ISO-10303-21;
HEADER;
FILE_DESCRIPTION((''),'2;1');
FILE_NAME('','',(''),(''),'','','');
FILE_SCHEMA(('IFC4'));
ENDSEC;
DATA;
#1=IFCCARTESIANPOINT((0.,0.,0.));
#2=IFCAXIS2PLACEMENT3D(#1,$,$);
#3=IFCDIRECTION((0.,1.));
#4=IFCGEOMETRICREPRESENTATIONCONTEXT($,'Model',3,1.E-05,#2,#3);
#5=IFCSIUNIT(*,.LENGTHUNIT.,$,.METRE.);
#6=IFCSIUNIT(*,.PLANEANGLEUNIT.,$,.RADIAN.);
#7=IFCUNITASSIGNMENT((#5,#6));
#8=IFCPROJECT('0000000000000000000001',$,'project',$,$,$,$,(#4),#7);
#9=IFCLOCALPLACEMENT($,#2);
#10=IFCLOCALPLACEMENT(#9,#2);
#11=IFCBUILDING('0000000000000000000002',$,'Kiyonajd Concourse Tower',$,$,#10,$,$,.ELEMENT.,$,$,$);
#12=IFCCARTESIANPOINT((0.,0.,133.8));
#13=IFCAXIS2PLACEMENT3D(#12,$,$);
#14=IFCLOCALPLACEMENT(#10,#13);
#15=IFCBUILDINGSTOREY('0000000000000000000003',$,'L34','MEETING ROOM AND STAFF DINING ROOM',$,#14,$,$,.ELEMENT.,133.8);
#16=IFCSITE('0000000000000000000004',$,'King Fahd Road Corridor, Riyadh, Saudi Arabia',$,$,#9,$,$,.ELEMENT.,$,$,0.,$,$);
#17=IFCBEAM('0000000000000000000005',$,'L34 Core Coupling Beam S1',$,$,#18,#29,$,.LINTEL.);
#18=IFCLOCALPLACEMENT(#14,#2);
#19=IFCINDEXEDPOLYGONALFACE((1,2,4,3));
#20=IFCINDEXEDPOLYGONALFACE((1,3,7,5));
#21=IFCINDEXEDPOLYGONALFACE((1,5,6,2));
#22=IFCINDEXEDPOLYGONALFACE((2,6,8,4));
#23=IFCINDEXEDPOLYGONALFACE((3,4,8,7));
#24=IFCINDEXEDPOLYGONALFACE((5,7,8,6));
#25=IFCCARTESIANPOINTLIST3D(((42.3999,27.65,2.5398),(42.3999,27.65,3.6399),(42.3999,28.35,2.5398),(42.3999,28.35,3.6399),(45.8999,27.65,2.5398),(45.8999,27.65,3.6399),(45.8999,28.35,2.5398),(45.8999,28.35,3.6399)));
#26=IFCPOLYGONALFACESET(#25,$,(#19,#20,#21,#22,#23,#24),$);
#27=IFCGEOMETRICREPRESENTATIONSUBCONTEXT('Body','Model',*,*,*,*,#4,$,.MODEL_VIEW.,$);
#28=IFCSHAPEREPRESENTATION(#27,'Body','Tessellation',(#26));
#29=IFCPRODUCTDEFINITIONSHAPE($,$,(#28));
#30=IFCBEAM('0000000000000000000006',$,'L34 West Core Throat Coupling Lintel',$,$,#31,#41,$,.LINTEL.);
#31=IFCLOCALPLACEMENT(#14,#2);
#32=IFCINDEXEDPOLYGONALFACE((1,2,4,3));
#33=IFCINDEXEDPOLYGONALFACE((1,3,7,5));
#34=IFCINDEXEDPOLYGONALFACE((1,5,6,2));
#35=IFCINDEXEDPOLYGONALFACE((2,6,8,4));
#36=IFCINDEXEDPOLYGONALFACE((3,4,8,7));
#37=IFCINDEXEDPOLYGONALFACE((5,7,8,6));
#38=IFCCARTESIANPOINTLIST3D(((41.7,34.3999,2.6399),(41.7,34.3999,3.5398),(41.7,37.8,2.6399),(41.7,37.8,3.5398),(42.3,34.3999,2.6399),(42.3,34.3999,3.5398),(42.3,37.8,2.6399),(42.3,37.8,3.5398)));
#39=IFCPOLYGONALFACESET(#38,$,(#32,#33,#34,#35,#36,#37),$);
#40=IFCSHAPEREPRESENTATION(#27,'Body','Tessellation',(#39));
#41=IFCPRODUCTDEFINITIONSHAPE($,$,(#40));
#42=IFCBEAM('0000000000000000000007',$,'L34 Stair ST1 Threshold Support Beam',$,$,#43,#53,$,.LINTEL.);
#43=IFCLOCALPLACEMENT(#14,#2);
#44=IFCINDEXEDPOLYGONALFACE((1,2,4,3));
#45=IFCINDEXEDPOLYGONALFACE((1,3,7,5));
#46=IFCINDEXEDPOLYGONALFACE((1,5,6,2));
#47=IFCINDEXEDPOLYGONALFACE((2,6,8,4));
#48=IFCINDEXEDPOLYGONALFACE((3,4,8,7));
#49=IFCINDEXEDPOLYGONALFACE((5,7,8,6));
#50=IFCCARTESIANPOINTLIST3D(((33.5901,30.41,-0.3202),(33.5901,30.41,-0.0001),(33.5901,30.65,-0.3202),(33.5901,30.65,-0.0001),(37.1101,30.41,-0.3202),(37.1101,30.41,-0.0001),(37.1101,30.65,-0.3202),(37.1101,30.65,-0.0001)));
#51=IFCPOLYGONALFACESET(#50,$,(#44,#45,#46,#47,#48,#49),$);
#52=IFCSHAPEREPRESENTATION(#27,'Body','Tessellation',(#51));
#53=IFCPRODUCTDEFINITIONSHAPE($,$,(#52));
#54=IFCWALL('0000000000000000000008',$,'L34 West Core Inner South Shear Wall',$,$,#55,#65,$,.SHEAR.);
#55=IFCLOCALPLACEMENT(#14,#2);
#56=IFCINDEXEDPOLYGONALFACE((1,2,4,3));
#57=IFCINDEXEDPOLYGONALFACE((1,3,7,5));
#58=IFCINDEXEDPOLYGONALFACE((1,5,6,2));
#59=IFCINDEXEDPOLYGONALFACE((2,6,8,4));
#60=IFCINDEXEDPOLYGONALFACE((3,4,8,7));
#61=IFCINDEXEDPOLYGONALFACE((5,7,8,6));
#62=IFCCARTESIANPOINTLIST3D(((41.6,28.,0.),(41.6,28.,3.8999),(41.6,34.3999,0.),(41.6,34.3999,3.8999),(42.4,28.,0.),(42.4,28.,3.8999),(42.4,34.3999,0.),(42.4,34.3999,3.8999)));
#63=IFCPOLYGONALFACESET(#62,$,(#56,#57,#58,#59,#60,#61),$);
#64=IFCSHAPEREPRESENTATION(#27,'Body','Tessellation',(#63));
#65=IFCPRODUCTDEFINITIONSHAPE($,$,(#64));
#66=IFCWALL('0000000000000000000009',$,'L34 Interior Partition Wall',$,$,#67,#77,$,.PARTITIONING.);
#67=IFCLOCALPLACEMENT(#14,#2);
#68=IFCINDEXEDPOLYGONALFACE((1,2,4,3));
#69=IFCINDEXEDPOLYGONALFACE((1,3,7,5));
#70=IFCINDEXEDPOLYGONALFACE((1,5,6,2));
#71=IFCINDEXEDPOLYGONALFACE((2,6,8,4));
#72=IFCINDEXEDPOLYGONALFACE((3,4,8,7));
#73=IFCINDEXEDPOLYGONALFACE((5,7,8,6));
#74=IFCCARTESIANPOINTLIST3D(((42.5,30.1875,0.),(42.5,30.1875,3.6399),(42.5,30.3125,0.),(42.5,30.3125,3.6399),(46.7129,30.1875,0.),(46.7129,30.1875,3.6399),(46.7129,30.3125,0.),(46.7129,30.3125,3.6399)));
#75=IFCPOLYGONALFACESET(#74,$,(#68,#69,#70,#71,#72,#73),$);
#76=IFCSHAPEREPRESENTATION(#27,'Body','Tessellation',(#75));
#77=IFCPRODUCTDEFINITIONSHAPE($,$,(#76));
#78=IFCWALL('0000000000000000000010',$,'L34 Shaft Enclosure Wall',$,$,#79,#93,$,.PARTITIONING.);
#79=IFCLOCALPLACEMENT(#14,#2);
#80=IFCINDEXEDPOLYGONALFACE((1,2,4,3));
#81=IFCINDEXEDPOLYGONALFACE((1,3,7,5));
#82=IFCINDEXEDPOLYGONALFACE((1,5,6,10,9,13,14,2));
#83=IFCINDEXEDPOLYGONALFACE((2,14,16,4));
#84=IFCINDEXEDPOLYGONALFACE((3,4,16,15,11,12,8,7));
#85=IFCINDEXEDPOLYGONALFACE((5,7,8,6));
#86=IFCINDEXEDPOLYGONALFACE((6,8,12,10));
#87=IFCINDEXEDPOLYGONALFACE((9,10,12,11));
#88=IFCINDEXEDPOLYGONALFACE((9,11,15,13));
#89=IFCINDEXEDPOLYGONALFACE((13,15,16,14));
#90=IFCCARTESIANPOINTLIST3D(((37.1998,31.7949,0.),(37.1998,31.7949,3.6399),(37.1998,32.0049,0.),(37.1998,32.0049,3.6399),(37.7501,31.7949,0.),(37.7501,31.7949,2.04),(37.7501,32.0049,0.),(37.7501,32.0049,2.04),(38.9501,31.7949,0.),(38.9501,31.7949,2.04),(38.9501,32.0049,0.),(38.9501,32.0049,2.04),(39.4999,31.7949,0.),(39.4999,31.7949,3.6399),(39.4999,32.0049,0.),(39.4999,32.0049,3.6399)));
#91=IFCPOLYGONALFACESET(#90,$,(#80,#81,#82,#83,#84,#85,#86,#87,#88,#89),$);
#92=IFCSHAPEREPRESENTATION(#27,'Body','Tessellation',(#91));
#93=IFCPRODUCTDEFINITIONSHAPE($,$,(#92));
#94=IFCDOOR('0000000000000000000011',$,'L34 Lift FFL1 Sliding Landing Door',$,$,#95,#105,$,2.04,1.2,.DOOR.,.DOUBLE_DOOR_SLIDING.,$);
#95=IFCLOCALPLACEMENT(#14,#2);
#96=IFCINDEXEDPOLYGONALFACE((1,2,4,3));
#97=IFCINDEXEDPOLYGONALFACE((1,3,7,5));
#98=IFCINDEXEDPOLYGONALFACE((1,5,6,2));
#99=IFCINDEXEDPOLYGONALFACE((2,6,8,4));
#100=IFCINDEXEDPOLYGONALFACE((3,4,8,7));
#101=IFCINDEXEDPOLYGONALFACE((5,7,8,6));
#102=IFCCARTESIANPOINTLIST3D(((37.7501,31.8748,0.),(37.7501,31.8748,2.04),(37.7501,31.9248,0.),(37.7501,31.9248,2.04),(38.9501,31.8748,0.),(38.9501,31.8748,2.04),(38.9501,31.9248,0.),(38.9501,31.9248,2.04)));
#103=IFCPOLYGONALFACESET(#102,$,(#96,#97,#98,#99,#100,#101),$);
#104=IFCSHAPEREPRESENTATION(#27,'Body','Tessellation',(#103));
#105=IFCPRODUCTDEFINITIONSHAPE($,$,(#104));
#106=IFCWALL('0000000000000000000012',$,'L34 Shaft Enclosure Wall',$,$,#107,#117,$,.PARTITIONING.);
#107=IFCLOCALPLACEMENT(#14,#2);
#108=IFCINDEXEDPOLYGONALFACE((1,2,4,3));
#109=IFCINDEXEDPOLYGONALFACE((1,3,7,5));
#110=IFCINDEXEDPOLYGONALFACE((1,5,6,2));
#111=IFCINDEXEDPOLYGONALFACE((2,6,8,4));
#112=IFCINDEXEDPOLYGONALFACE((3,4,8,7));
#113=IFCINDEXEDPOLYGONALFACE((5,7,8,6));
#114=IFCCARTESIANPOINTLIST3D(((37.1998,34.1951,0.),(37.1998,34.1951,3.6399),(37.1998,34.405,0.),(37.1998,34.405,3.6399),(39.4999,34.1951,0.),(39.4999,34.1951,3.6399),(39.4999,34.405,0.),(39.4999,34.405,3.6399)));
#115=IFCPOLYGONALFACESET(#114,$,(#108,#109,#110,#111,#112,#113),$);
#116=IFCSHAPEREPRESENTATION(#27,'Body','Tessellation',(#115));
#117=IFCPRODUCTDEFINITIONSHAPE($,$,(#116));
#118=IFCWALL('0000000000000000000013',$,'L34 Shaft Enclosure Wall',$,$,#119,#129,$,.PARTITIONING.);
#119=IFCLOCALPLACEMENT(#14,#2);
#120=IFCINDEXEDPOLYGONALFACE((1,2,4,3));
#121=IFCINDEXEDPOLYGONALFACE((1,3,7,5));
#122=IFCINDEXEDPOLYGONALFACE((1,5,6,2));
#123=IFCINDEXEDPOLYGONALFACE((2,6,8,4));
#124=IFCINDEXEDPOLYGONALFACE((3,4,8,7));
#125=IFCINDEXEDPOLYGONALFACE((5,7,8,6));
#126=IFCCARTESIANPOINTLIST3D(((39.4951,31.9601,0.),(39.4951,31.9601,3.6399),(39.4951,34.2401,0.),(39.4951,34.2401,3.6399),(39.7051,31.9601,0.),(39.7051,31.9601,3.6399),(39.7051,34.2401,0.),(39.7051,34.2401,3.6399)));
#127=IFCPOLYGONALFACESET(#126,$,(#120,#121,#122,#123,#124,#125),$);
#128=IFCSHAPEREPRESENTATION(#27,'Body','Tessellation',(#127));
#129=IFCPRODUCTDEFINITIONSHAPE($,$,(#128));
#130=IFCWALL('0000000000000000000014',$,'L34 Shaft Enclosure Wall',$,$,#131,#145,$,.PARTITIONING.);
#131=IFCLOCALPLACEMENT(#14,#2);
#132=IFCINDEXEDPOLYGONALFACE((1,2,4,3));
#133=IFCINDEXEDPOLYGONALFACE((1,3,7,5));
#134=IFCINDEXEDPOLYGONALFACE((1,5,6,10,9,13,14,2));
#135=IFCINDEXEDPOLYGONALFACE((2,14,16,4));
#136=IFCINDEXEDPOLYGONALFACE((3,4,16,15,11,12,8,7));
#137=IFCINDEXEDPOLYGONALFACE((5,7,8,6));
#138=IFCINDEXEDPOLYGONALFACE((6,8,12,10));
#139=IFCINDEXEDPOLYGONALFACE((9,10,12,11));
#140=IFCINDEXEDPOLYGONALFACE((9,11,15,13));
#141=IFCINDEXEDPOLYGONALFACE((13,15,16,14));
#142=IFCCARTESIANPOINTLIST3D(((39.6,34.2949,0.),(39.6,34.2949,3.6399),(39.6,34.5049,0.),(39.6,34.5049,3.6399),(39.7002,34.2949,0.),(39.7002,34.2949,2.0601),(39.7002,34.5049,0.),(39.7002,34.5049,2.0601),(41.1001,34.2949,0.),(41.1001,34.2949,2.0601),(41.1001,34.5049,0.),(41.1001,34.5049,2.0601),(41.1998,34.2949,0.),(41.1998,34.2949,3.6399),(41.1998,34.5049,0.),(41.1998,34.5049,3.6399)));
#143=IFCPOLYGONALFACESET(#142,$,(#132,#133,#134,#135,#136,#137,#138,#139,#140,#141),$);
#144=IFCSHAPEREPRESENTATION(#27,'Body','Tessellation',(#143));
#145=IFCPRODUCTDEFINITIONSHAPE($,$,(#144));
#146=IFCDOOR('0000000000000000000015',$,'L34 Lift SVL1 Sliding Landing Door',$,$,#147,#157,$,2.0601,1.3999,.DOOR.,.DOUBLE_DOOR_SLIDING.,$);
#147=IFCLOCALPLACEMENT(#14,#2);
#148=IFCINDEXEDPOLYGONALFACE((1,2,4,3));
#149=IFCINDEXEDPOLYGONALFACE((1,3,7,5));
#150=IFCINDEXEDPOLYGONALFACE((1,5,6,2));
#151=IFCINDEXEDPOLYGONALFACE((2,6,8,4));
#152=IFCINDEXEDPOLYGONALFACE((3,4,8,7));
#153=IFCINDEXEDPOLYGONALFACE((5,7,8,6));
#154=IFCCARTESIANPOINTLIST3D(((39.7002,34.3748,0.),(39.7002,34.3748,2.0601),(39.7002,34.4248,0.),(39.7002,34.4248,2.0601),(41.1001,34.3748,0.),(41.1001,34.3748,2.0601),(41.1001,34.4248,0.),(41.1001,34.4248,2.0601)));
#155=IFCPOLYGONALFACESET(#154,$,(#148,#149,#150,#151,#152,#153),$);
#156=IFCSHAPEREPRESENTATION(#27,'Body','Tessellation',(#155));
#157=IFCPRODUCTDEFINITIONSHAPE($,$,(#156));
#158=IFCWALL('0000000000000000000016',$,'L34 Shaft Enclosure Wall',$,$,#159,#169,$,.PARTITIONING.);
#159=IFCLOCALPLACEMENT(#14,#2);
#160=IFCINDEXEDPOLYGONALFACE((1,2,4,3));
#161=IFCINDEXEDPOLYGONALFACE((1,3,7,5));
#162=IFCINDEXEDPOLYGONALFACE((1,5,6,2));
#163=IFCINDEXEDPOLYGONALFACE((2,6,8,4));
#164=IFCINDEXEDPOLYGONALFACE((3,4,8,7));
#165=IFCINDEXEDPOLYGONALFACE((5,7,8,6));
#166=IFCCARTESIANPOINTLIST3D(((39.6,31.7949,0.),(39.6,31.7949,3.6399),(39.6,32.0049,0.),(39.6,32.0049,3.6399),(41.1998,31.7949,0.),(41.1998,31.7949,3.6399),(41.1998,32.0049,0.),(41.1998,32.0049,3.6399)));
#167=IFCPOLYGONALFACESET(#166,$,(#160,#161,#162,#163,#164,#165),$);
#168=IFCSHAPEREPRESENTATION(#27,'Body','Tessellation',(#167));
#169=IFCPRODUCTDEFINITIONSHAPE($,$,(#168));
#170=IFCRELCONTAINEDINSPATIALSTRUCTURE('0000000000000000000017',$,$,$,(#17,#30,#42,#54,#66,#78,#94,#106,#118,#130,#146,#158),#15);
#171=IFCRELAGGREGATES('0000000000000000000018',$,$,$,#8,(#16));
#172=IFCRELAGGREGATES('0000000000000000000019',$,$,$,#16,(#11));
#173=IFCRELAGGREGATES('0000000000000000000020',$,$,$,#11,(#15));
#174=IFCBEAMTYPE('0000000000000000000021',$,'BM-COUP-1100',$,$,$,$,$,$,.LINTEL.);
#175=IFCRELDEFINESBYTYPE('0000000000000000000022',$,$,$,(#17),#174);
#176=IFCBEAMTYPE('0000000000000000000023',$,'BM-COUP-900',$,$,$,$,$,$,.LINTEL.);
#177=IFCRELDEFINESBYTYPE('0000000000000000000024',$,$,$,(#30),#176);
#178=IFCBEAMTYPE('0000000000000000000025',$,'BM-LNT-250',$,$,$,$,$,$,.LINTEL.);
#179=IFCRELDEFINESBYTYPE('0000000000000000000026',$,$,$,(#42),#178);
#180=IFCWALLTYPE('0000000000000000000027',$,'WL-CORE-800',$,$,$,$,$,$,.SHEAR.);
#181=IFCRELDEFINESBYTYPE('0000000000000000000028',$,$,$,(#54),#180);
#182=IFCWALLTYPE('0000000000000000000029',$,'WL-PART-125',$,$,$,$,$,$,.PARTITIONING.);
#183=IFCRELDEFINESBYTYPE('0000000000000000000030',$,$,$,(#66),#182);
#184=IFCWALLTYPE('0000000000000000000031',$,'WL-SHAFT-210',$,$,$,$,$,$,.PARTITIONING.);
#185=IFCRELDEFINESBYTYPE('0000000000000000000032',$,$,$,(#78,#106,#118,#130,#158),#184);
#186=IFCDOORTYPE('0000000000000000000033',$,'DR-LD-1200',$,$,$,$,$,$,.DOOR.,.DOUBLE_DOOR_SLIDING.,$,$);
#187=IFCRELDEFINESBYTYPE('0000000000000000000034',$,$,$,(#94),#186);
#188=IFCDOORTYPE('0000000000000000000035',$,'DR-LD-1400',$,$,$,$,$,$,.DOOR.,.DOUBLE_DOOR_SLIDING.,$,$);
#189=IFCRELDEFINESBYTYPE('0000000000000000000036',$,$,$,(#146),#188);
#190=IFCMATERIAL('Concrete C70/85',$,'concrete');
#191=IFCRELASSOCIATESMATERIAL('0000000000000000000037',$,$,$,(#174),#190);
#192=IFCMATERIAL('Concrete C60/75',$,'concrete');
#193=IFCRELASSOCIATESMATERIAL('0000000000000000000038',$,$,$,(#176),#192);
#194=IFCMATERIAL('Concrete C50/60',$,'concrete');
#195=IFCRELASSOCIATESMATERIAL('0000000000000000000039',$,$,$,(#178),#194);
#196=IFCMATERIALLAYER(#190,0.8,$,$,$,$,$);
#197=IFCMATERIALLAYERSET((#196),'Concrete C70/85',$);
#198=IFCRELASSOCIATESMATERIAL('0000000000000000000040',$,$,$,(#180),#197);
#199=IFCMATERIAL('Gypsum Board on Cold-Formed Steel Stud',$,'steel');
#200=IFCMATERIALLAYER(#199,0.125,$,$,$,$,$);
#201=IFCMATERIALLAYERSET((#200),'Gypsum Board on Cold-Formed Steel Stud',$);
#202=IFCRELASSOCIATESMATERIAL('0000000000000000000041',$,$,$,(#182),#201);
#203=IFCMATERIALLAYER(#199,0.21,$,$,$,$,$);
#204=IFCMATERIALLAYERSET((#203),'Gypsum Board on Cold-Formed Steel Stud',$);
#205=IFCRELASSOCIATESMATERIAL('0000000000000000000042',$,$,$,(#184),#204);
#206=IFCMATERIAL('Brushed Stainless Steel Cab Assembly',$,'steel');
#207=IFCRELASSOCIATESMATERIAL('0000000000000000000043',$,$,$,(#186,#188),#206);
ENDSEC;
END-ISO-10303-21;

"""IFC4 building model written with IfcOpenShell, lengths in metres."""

from ifc_helpers import new_model, si_unit, direction, frame, frame_2d, origin, origin_2d, place, context, subcontext, project, spatial, rectangle, extrude, material, layer, layer_set, material_profile, profile_set, type_object, element, fill, save


model = new_model("IFC4")

# Units and contexts
model_context = context("Model", 3, precision=1e-05, world=origin(), true_north=direction((0.0, 1.0)))
body_context = subcontext(model_context, "Body", "Model", "MODEL_VIEW")
ifc_project = project(units=[si_unit("LENGTHUNIT", "METRE"), si_unit("PLANEANGLEUNIT", "RADIAN")], contexts=[model_context])

# Site, building, storey
site_placement = place(None, origin())
site = spatial("IfcSite", under=ifc_project, at=site_placement, Name="King Fahd Road Corridor, Riyadh, Saudi Arabia", CompositionType="ELEMENT", RefElevation=0.0)
building_placement = place(site_placement, origin())
building = spatial("IfcBuilding", under=site, at=building_placement, Name="Kiyonajd Concourse Tower", CompositionType="ELEMENT")
storey_placement = place(building_placement, frame((0.0, 0.0, 133.8)))
storey = spatial("IfcBuildingStorey", under=building, at=storey_placement, Name="L34", Description="MEETING ROOM AND STAFF DINING ROOM", CompositionType="ELEMENT", Elevation=133.8)

# Beams
ifc_material_1 = material(Name="Concrete C70/85", Category="concrete")
ifc_material_profile_1 = material_profile(ifc_material_1, rectangle(XDim=0.7, YDim=1.1001, at=origin_2d()), Name="RCBM-700x1100")
ifc_profile_set_1 = profile_set([ifc_material_profile_1], Name="Concrete C70/85")
beam_type_1 = type_object("IfcBeamType", Name="BM-COUP-1100", PredefinedType="LINTEL", material=ifc_profile_set_1)
beam_1_placement = place(storey_placement, frame((42.3999, 28.0, 3.0898), z_axis=(1.0, 0.0, 0.0), x_axis=(0.0, 1.0, 0.0)))
element("IfcBeam", 1, at=beam_1_placement, inside=storey, type_object=beam_type_1, Name="L34 Core Coupling Beam S1", PredefinedType="LINTEL", context=body_context, shape_type="SweptSolid", body=[
    extrude(rectangle(XDim=0.7, YDim=1.1001, at=origin_2d()), origin(), (0.0, 0.0, 1.0), 3.5),
])
ifc_material_2 = material(Name="Concrete C60/75", Category="concrete")
ifc_material_profile_2 = material_profile(ifc_material_2, rectangle(XDim=0.6001, YDim=0.8999, at=origin_2d()), Name="RCBM-600x900")
ifc_profile_set_2 = profile_set([ifc_material_profile_2], Name="Concrete C60/75")
beam_type_2 = type_object("IfcBeamType", Name="BM-COUP-900", PredefinedType="LINTEL", material=ifc_profile_set_2)
beam_2_placement = place(storey_placement, frame((42.0, 34.3999, 3.0898), z_axis=(0.0, 1.0, 0.0), x_axis=(-1.0, 0.0, 0.0)))
element("IfcBeam", 2, at=beam_2_placement, inside=storey, type_object=beam_type_2, Name="L34 West Core Throat Coupling Lintel", PredefinedType="LINTEL", context=body_context, shape_type="SweptSolid", body=[
    extrude(rectangle(XDim=0.6001, YDim=0.8999, at=origin_2d()), origin(), (0.0, 0.0, 1.0), 3.4001),
])
ifc_material_3 = material(Name="Concrete C50/60", Category="concrete")
ifc_material_profile_3 = material_profile(ifc_material_3, rectangle(XDim=0.24, YDim=0.3201, at=origin_2d()), Name="RCBM-240x320")
ifc_profile_set_3 = profile_set([ifc_material_profile_3], Name="Concrete C50/60")
beam_type_3 = type_object("IfcBeamType", Name="BM-LNT-250", PredefinedType="LINTEL", material=ifc_profile_set_3)
beam_3_placement = place(storey_placement, frame((33.5901, 30.53, -0.1602), z_axis=(1.0, 0.0, 0.0), x_axis=(0.0, 1.0, 0.0)))
element("IfcBeam", 3, at=beam_3_placement, inside=storey, type_object=beam_type_3, Name="L34 Stair ST1 Threshold Support Beam", PredefinedType="LINTEL", context=body_context, shape_type="SweptSolid", body=[
    extrude(rectangle(XDim=0.24, YDim=0.3201, at=origin_2d()), origin(), (0.0, 0.0, 1.0), 3.52),
])

# Walls
ifc_layer_1 = layer(ifc_material_1, 0.8)
ifc_layer_set_1 = layer_set([ifc_layer_1], Name="Concrete C70/85")
wall_type_1 = type_object("IfcWallType", Name="WL-CORE-800", PredefinedType="SHEAR", material=ifc_layer_set_1)
wall_1_placement = place(storey_placement, frame((42.0, 28.0, 0.0), z_axis=(0.0, 0.0, 1.0), x_axis=(0.0, 1.0, 0.0)))
element("IfcWall", 4, at=wall_1_placement, inside=storey, type_object=wall_type_1, Name="L34 West Core Inner South Shear Wall", PredefinedType="SHEAR", context=body_context, shape_type="SweptSolid", body=[
    extrude(rectangle(XDim=6.3999, YDim=0.8, at=frame_2d((3.2, 0.0))), origin(), (0.0, 0.0, 1.0), 3.8999),
])
ifc_material_4 = material(Name="Gypsum Board on Cold-Formed Steel Stud", Category="steel")
ifc_layer_2 = layer(ifc_material_4, 0.125)
ifc_layer_set_2 = layer_set([ifc_layer_2], Name="Gypsum Board on Cold-Formed Steel Stud")
wall_type_2 = type_object("IfcWallType", Name="WL-PART-125", PredefinedType="PARTITIONING", material=ifc_layer_set_2)
wall_2_placement = place(storey_placement, frame((42.5, 30.25, 0.0), z_axis=(0.0, 0.0, 1.0), x_axis=(1.0, 0.0, 0.0)))
element("IfcWall", 5, at=wall_2_placement, inside=storey, type_object=wall_type_2, Name="L34 Interior Partition Wall", PredefinedType="PARTITIONING", context=body_context, shape_type="SweptSolid", body=[
    extrude(rectangle(XDim=4.2129, YDim=0.125, at=frame_2d((2.1064, 0.0))), origin(), (0.0, 0.0, 1.0), 3.6399),
])

# Wall, opening, door
ifc_layer_3 = layer(ifc_material_4, 0.21)
ifc_layer_set_3 = layer_set([ifc_layer_3], Name="Gypsum Board on Cold-Formed Steel Stud")
wall_type_3 = type_object("IfcWallType", Name="WL-SHAFT-210", PredefinedType="PARTITIONING", material=ifc_layer_set_3)
wall_3_placement = place(storey_placement, frame((37.2, 31.8999, 0.0), z_axis=(0.0, 0.0, 1.0), x_axis=(1.0, 0.0, 0.0)))
wall_3 = element("IfcWall", 6, at=wall_3_placement, inside=storey, type_object=wall_type_3, Name="L34 Shaft Enclosure Wall", PredefinedType="PARTITIONING", context=body_context, shape_type="SweptSolid", body=[
    extrude(rectangle(XDim=2.3, YDim=0.21, at=frame_2d((1.1499, 0.0))), origin(), (0.0, 0.0, 1.0), 3.6399),
])
opening_1_placement = place(wall_3_placement, frame((0.55, 0.0, 0.0)))
opening_1 = element("IfcOpeningElement", 7, at=opening_1_placement, cuts=wall_3, PredefinedType="OPENING", context=body_context, shape_type="SweptSolid", body=[
    extrude(rectangle(XDim=1.2, YDim=2.04, at=frame_2d((0.6001, 1.02))), frame((0.0, 0.115, 0.0), z_axis=(0.0, -1.0, 0.0), x_axis=(1.0, 0.0, 0.0)), (0.0, 0.0, 1.0), 0.23),
])
ifc_material_5 = material(Name="Brushed Stainless Steel Cab Assembly", Category="steel")
door_type_1 = type_object("IfcDoorType", Name="DR-LD-1200", OperationType="DOUBLE_DOOR_SLIDING", PredefinedType="DOOR", material=ifc_material_5)
door_1_placement = place(opening_1_placement, origin())
door_1 = element("IfcDoor", 8, at=door_1_placement, inside=storey, type_object=door_type_1, Name="L34 Lift FFL1 Sliding Landing Door", OperationType="DOUBLE_DOOR_SLIDING", OverallHeight=2.04, OverallWidth=1.2, PredefinedType="DOOR", context=body_context, shape_type="SweptSolid", body=[
    extrude(rectangle(XDim=1.2, YDim=2.04, at=frame_2d((0.6001, 1.02))), frame((0.0, 0.0249, 0.0), z_axis=(0.0, -1.0, 0.0), x_axis=(1.0, 0.0, 0.0)), (0.0, 0.0, 1.0), 0.05),
])
fill(opening_1, door_1)

# Walls
wall_4_placement = place(storey_placement, frame((37.2, 34.3, 0.0), z_axis=(0.0, 0.0, 1.0), x_axis=(1.0, 0.0, 0.0)))
element("IfcWall", 9, at=wall_4_placement, inside=storey, type_object=wall_type_3, Name="L34 Shaft Enclosure Wall", PredefinedType="PARTITIONING", context=body_context, shape_type="SweptSolid", body=[
    extrude(rectangle(XDim=2.3, YDim=0.21, at=frame_2d((1.1499, 0.0))), origin(), (0.0, 0.0, 1.0), 3.6399),
])
wall_5_placement = place(storey_placement, frame((39.6001, 31.96, 0.0), z_axis=(0.0, 0.0, 1.0), x_axis=(0.0, 1.0, 0.0)))
element("IfcWall", 10, at=wall_5_placement, inside=storey, type_object=wall_type_3, Name="L34 Shaft Enclosure Wall", PredefinedType="PARTITIONING", context=body_context, shape_type="SweptSolid", body=[
    extrude(rectangle(XDim=2.28, YDim=0.21, at=frame_2d((1.1401, 0.0))), origin(), (0.0, 0.0, 1.0), 3.6399),
])

# Wall, opening, door
wall_6_placement = place(storey_placement, frame((39.6001, 34.3999, 0.0), z_axis=(0.0, 0.0, 1.0), x_axis=(1.0, 0.0, 0.0)))
wall_6 = element("IfcWall", 11, at=wall_6_placement, inside=storey, type_object=wall_type_3, Name="L34 Shaft Enclosure Wall", PredefinedType="PARTITIONING", context=body_context, shape_type="SweptSolid", body=[
    extrude(rectangle(XDim=1.5999, YDim=0.21, at=frame_2d((0.7998, 0.0))), origin(), (0.0, 0.0, 1.0), 3.6399),
])
opening_2_placement = place(wall_6_placement, frame((0.1001, 0.0, 0.0)))
opening_2 = element("IfcOpeningElement", 12, at=opening_2_placement, cuts=wall_6, PredefinedType="OPENING", context=body_context, shape_type="SweptSolid", body=[
    extrude(rectangle(XDim=1.3999, YDim=2.0601, at=frame_2d((0.7, 1.03))), frame((0.0, 0.115, 0.0), z_axis=(0.0, -1.0, 0.0), x_axis=(1.0, 0.0, 0.0)), (0.0, 0.0, 1.0), 0.23),
])
door_type_2 = type_object("IfcDoorType", Name="DR-LD-1400", OperationType="DOUBLE_DOOR_SLIDING", PredefinedType="DOOR", material=ifc_material_5)
door_2_placement = place(opening_2_placement, origin())
door_2 = element("IfcDoor", 13, at=door_2_placement, inside=storey, type_object=door_type_2, Name="L34 Lift SVL1 Sliding Landing Door", OperationType="DOUBLE_DOOR_SLIDING", OverallHeight=2.0601, OverallWidth=1.3999, PredefinedType="DOOR", context=body_context, shape_type="SweptSolid", body=[
    extrude(rectangle(XDim=1.3999, YDim=2.0601, at=frame_2d((0.7, 1.03))), frame((0.0, 0.0249, 0.0), z_axis=(0.0, -1.0, 0.0), x_axis=(1.0, 0.0, 0.0)), (0.0, 0.0, 1.0), 0.05),
])
fill(opening_2, door_2)

# Wall
wall_7_placement = place(storey_placement, frame((39.6001, 31.8999, 0.0), z_axis=(0.0, 0.0, 1.0), x_axis=(1.0, 0.0, 0.0)))
element("IfcWall", 14, at=wall_7_placement, inside=storey, type_object=wall_type_3, Name="L34 Shaft Enclosure Wall", PredefinedType="PARTITIONING", context=body_context, shape_type="SweptSolid", body=[
    extrude(rectangle(XDim=1.5999, YDim=0.21, at=frame_2d((0.7998, 0.0))), origin(), (0.0, 0.0, 1.0), 3.6399),
])

save(model, "model.ifc")
